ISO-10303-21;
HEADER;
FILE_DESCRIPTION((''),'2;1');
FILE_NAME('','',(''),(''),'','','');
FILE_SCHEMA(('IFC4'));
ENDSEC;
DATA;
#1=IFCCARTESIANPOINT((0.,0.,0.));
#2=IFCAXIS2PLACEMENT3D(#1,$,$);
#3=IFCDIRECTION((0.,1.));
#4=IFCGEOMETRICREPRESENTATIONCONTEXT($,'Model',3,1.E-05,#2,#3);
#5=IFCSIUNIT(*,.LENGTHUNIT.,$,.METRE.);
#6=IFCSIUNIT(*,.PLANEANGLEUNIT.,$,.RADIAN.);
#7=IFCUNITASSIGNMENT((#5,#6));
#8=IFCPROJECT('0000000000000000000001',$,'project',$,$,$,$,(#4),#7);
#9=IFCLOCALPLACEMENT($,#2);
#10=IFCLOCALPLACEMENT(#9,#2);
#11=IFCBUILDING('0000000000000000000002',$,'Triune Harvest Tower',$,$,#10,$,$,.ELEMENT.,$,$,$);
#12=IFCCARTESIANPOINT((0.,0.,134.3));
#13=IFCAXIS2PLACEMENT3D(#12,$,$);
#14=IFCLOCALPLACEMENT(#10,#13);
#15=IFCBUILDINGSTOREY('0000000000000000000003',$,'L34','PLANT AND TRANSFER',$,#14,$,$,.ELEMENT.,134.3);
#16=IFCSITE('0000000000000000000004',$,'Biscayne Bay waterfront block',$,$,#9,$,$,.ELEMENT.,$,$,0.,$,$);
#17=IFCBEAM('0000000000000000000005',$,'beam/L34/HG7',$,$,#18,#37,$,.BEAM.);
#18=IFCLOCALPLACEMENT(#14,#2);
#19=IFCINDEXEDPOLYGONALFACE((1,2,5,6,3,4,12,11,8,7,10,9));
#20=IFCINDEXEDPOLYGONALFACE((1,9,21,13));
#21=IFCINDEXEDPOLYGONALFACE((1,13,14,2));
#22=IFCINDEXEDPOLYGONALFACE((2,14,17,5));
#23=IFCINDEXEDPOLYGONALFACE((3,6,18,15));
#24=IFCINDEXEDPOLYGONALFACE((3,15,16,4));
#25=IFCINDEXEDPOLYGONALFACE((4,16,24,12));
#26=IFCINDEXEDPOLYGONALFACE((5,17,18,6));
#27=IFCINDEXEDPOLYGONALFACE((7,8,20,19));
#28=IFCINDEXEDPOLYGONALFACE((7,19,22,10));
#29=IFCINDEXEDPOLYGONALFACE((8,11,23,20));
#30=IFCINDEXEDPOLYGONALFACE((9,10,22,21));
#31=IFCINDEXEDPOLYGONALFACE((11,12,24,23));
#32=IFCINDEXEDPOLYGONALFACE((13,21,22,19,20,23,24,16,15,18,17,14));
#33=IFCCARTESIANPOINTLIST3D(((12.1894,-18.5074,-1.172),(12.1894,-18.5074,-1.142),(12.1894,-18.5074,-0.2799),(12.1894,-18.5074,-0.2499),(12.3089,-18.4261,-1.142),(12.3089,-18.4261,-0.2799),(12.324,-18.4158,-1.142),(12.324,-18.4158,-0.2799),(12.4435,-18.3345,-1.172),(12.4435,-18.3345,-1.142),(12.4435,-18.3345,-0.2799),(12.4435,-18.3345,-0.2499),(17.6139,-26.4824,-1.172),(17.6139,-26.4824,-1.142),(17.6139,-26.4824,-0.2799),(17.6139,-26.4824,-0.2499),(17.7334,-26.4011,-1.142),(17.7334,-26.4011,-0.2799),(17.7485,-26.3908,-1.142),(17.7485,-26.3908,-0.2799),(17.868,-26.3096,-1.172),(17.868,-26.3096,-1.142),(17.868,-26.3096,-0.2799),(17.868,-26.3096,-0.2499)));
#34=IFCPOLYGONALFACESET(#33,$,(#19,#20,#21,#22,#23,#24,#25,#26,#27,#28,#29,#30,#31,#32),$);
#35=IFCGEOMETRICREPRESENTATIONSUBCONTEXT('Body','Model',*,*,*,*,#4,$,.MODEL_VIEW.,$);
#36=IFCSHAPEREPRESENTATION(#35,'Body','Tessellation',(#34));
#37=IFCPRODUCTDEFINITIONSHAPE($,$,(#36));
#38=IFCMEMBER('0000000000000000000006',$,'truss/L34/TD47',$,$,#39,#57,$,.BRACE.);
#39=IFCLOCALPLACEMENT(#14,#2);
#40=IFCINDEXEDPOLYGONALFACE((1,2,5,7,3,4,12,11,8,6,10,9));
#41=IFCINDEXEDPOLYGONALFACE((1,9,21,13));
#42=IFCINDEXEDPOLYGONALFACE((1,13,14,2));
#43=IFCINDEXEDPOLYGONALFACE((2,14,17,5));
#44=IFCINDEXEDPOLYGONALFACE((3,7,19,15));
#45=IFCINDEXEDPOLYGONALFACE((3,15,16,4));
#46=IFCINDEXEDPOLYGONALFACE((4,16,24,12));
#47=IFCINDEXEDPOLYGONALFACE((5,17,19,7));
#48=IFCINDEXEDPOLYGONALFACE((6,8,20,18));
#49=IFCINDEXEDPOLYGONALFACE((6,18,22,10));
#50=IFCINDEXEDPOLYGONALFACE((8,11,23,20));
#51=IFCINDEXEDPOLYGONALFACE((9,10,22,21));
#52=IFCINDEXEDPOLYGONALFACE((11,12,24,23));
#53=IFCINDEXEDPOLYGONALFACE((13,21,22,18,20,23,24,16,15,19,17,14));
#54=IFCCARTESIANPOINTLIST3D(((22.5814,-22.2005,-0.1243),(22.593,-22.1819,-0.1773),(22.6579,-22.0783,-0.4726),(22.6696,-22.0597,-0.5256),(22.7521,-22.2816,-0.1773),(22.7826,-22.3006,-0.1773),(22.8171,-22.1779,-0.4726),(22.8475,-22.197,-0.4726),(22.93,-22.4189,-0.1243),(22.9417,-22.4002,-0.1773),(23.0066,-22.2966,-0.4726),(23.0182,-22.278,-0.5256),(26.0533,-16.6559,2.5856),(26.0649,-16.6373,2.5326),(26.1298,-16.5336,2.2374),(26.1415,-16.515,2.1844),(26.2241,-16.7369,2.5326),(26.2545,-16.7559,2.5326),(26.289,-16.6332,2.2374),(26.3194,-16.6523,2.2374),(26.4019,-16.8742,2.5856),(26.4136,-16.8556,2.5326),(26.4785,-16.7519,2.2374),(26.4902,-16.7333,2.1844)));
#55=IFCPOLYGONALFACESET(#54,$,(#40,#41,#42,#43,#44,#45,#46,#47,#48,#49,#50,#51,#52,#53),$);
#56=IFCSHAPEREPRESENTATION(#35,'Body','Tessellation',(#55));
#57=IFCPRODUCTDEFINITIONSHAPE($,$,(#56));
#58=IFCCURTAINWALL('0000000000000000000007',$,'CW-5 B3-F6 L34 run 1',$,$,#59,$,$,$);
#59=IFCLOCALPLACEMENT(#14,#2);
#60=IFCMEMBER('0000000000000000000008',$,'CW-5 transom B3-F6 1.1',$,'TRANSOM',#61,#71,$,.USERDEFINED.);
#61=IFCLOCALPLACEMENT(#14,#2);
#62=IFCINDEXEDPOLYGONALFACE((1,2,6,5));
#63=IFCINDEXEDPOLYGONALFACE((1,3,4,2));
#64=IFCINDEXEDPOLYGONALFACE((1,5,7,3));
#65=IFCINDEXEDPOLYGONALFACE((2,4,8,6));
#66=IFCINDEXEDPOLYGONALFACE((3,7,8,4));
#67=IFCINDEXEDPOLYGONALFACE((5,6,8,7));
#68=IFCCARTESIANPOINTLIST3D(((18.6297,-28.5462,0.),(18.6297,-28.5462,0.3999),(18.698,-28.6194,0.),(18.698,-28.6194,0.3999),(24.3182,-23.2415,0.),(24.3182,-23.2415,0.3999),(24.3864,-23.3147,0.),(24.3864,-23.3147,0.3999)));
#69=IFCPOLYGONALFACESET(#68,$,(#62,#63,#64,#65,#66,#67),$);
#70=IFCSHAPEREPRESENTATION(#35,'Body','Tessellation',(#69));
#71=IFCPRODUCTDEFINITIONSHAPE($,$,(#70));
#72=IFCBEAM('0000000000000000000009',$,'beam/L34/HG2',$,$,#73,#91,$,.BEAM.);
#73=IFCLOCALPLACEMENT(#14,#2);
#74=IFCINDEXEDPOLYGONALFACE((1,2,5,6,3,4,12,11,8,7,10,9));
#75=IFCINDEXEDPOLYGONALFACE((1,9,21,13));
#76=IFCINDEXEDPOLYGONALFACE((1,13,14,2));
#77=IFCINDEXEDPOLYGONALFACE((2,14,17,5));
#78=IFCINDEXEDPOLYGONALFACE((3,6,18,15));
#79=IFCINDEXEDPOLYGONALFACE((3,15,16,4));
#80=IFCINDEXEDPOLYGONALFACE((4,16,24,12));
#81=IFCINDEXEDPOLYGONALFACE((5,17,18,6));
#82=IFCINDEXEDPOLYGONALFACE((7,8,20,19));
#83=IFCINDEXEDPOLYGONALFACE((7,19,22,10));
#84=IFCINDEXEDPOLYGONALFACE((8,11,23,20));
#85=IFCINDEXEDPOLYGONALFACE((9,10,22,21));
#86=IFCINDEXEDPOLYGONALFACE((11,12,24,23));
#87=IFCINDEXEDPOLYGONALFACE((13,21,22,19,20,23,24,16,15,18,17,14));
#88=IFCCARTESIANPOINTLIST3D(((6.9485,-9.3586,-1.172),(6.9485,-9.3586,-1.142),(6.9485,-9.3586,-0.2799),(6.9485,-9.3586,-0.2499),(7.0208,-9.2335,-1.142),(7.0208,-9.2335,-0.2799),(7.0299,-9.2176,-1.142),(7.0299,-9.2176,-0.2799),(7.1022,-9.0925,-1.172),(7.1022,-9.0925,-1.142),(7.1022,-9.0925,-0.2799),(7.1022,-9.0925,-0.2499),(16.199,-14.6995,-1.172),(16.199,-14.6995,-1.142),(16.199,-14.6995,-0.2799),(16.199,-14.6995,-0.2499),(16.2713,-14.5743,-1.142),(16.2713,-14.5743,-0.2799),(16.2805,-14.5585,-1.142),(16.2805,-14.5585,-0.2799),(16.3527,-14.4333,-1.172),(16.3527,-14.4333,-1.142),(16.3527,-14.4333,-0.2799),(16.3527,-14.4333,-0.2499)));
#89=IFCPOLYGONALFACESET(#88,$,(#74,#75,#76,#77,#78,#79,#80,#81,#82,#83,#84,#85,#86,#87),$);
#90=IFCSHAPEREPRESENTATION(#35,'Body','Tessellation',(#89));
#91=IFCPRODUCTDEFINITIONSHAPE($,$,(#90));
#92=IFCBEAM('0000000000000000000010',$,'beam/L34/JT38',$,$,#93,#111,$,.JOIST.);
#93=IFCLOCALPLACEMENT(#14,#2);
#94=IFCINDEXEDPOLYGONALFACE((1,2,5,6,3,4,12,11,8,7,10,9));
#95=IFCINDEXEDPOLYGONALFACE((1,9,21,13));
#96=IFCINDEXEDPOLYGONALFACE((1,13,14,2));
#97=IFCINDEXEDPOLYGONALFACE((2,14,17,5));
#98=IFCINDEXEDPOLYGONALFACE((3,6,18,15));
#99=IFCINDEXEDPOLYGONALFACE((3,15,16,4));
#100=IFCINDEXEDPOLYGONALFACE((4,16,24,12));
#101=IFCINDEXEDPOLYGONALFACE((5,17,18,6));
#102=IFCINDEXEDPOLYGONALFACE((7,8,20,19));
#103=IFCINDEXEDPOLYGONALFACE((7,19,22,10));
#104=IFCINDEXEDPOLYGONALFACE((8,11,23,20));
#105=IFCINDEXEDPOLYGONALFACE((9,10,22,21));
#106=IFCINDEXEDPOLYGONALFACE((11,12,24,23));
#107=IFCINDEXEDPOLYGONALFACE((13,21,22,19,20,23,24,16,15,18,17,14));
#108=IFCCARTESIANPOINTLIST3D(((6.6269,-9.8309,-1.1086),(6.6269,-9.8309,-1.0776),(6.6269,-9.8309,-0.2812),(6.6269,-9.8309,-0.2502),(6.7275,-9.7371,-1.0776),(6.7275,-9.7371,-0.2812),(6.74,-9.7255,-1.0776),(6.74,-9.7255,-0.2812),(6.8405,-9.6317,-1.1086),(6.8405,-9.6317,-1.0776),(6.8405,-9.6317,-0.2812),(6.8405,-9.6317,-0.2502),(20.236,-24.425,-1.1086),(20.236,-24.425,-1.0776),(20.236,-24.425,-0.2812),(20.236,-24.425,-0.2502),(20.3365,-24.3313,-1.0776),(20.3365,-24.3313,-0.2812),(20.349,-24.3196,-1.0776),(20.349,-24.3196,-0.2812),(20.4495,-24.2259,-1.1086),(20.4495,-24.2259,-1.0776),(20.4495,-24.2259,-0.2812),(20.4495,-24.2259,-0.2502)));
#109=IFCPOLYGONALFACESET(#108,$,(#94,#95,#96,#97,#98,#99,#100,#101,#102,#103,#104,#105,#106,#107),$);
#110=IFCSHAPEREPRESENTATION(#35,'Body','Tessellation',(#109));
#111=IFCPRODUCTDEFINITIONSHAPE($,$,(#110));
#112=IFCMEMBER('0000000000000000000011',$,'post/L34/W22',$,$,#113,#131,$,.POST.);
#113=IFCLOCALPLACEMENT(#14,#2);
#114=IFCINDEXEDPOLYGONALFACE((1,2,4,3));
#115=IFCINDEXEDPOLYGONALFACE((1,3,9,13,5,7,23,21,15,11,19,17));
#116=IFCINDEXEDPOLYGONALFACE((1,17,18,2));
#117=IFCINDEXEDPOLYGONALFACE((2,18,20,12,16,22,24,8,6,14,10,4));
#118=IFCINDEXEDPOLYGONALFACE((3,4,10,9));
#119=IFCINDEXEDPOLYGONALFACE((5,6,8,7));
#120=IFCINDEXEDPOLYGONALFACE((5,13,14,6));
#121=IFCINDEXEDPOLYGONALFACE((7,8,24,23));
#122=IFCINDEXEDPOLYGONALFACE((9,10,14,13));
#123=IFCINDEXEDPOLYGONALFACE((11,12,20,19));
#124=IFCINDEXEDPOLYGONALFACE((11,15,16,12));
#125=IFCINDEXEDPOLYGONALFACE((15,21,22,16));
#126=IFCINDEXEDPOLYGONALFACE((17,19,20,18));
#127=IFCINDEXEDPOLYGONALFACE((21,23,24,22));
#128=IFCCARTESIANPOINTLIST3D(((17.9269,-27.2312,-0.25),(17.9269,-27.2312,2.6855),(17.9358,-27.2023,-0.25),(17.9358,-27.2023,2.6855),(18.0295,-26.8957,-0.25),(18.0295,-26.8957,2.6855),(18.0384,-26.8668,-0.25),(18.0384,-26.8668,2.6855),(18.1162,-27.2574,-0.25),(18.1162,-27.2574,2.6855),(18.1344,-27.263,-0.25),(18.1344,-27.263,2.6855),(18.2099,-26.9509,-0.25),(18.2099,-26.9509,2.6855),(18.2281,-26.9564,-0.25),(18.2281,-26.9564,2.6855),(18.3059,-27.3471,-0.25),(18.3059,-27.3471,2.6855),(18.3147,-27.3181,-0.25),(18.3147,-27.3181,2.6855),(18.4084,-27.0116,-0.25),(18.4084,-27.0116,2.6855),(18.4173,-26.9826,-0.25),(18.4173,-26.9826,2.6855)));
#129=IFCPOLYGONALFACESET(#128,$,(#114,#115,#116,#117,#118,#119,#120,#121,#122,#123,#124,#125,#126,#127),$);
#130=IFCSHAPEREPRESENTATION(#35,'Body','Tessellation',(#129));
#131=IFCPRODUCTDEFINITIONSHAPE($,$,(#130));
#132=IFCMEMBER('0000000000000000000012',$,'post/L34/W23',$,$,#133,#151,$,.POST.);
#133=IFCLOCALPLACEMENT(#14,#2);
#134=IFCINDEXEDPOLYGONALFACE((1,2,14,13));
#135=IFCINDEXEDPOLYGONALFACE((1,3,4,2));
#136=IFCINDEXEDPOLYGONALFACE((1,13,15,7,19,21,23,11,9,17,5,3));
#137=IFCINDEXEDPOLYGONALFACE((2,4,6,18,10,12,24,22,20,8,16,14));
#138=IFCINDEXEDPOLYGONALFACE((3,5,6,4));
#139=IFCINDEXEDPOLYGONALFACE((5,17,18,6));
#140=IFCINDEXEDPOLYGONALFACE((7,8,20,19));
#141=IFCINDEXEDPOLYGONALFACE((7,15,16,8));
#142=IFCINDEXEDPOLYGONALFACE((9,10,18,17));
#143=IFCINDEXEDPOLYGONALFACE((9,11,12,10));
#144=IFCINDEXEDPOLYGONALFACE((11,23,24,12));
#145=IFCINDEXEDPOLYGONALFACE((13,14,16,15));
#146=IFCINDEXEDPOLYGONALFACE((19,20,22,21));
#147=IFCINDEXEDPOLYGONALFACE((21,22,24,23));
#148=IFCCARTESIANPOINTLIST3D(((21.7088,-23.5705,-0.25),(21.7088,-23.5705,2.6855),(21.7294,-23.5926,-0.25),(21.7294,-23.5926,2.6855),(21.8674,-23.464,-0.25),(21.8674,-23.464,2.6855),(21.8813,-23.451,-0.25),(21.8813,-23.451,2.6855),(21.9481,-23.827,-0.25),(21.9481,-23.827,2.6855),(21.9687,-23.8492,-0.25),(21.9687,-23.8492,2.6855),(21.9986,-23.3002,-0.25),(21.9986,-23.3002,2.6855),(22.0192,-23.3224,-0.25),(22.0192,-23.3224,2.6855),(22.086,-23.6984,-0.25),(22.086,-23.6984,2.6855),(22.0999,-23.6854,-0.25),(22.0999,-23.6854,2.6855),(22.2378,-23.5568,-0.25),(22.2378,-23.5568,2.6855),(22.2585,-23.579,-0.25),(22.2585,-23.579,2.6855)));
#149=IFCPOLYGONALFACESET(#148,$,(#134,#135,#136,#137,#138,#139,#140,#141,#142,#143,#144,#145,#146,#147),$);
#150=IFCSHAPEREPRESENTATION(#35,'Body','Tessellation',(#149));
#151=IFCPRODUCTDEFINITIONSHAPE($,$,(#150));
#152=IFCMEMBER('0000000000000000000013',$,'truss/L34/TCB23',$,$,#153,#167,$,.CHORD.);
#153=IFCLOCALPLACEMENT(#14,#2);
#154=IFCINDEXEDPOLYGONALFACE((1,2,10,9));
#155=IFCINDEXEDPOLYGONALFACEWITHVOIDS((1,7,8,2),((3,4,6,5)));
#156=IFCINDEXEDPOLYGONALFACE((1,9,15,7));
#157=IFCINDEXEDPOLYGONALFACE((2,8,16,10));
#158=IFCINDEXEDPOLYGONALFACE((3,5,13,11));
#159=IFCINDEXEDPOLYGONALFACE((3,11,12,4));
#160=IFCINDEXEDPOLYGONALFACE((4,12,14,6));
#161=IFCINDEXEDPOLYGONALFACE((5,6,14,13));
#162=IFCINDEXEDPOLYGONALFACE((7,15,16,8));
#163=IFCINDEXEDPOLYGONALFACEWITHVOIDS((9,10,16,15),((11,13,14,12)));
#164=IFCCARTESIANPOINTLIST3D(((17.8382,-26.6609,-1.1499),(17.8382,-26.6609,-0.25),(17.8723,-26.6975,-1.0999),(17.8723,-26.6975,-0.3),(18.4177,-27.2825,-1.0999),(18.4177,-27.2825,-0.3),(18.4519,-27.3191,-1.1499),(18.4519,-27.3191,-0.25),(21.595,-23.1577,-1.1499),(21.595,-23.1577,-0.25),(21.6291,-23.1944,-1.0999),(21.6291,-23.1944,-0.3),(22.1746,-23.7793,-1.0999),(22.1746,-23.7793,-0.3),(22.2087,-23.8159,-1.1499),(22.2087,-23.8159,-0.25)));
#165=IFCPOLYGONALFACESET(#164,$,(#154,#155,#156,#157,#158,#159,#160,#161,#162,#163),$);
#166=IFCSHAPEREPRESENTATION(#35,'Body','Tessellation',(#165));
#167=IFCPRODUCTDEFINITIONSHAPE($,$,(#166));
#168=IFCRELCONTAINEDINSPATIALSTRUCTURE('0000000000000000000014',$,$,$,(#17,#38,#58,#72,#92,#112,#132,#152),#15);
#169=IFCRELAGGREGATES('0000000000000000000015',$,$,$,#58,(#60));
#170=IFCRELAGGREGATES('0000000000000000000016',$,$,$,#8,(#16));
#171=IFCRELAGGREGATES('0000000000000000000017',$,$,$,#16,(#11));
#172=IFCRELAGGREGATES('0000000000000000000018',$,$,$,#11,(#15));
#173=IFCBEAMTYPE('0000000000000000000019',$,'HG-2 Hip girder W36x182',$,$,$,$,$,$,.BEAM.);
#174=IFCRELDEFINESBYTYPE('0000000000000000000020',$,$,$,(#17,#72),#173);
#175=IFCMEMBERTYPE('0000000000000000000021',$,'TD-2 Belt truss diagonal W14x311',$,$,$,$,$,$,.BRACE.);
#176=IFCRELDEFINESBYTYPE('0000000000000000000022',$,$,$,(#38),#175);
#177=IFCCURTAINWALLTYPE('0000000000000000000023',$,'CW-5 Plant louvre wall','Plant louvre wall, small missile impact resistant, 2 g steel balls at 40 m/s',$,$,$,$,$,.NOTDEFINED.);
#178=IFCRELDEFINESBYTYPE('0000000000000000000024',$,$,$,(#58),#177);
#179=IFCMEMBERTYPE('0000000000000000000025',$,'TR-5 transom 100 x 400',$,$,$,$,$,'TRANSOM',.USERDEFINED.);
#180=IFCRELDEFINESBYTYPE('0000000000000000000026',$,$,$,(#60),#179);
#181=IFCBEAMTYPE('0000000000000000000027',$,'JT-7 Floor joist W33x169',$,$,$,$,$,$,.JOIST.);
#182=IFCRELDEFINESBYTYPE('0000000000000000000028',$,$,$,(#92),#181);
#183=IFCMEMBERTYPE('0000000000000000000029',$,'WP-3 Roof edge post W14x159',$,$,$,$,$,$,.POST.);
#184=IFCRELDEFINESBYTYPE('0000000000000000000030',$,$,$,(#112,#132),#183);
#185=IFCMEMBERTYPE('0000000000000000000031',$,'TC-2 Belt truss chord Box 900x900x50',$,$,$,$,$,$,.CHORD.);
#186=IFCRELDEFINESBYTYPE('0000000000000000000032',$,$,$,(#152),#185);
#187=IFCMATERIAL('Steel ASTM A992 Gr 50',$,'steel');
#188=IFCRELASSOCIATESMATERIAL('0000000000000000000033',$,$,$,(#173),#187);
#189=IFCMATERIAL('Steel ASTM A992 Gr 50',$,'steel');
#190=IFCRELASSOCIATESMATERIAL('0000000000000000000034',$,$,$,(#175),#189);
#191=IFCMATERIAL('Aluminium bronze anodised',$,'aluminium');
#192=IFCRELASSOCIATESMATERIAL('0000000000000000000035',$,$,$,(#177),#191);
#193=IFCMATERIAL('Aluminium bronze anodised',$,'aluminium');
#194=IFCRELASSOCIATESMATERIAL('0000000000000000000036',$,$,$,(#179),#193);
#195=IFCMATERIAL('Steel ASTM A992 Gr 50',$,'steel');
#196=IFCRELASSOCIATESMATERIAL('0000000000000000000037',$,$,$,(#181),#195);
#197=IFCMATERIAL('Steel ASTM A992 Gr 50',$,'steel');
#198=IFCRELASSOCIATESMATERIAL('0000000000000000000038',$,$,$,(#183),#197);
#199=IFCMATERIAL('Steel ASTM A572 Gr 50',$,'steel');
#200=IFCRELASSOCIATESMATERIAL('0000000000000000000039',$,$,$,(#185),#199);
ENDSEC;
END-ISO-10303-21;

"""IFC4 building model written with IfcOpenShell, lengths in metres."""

from ifc_helpers import new_model, si_unit, direction, frame, origin, origin_2d, place, context, subcontext, project, spatial, rectangle, hollow_rectangle, i_section, extrude, source, transform, mapped, material, material_profile, profile_set, type_object, element, aggregate, save


model = new_model("IFC4")

# Units and contexts
model_context = context("Model", 3, precision=1e-05, world=origin(), true_north=direction((0.0, 1.0)))
body_context = subcontext(model_context, "Body", "Model", "MODEL_VIEW")
ifc_project = project(units=[si_unit("LENGTHUNIT", "METRE"), si_unit("PLANEANGLEUNIT", "RADIAN")], contexts=[model_context])

# Site, building, storey
site_placement = place(None, origin())
site = spatial("IfcSite", under=ifc_project, at=site_placement, Name="Biscayne Bay waterfront block", CompositionType="ELEMENT", RefElevation=0.0)
building_placement = place(site_placement, origin())
building = spatial("IfcBuilding", under=site, at=building_placement, Name="Triune Harvest Tower", CompositionType="ELEMENT")
storey_placement = place(building_placement, frame((0.0, 0.0, 134.3)))
storey = spatial("IfcBuildingStorey", under=building, at=storey_placement, Name="L34", Description="PLANT AND TRANSFER", CompositionType="ELEMENT", Elevation=134.3)

# Beam
ifc_material_1 = material(Name="Steel ASTM A992 Gr 50", Category="steel")
ifc_material_profile_1 = material_profile(ifc_material_1, i_section(OverallWidth=0.3074, OverallDepth=0.9221, WebThickness=0.0183, FlangeThickness=0.03, at=origin_2d()), Name="W36x182")
ifc_profile_set_1 = profile_set([ifc_material_profile_1], Name="Steel ASTM A992 Gr 50")
beam_type_1 = type_object("IfcBeamType", Name="HG-2 Hip girder W36x182", PredefinedType="BEAM", material=ifc_profile_set_1)
beam_1_placement = place(storey_placement, frame((17.741, -26.396, -0.7109), z_axis=(-0.562416, 0.826854, 0.0), x_axis=(-0.826854, -0.562416, 0.0)))
element("IfcBeam", 1, at=beam_1_placement, inside=storey, type_object=beam_type_1, Name="beam/L34/HG7", PredefinedType="BEAM", context=body_context, shape_type="SweptSolid", body=[
    extrude(i_section(OverallWidth=0.3074, OverallDepth=0.9221, WebThickness=0.0183, FlangeThickness=0.03, at=origin_2d()), origin(), (0.0, 0.0, 1.0), 9.645),
])

# Member
ifc_material_2 = material(Name="Steel ASTM A992 Gr 50", Category="steel")
ifc_material_profile_2 = material_profile(ifc_material_2, i_section(OverallWidth=0.4114, OverallDepth=0.4343, WebThickness=0.0359, FlangeThickness=0.0574, at=origin_2d()), Name="W14x311")
ifc_profile_set_2 = profile_set([ifc_material_profile_2], Name="Steel ASTM A992 Gr 50")
member_type_1 = type_object("IfcMemberType", Name="TD-2 Belt truss diagonal W14x311", PredefinedType="BRACE", material=ifc_profile_set_2)
member_1_placement = place(storey_placement, frame((22.7998, -22.2393, -0.325), z_axis=(0.49031, 0.783028, 0.382705), x_axis=(-0.847551, 0.530713, 0.0)))
element("IfcMember", 2, at=member_1_placement, inside=storey, type_object=member_type_1, Name="truss/L34/TD47", PredefinedType="BRACE", context=body_context, shape_type="SweptSolid", body=[
    extrude(i_section(OverallWidth=0.4114, OverallDepth=0.4343, WebThickness=0.0359, FlangeThickness=0.0574, at=origin_2d()), origin(), (0.0, 0.0, 1.0), 7.0811),
])

# Curtain wall, member
ifc_material_3 = material(Name="Aluminium bronze anodised", Category="aluminium")
curtain_wall_type = type_object("IfcCurtainWallType", Name="CW-5 Plant louvre wall", Description="Plant louvre wall, small missile impact resistant, 2 g steel balls at 40 m/s", PredefinedType="NOTDEFINED", material=ifc_material_3)
curtain_wall_1_placement = place(storey_placement, origin())
curtain_wall_1 = element("IfcCurtainWall", 3, at=curtain_wall_1_placement, inside=storey, type_object=curtain_wall_type, Name="CW-5 B3-F6 L34 run 1")
ifc_material_4 = material(Name="Aluminium bronze anodised", Category="aluminium")
ifc_material_profile_3 = material_profile(ifc_material_4, rectangle(XDim=0.1001, YDim=0.3999, at=origin_2d()), Name="TR-5 transom 100 x 400")
ifc_profile_set_3 = profile_set([ifc_material_profile_3], Name="Aluminium bronze anodised")
member_type_2 = type_object("IfcMemberType", Name="TR-5 transom 100 x 400", ElementType="TRANSOM", PredefinedType="USERDEFINED", material=ifc_profile_set_3)
member_2_placement = place(storey_placement, frame((18.6638, -28.5828, 0.2), z_axis=(0.731347, 0.682005, 0.0), x_axis=(-0.682005, 0.731347, 0.0)))
member_2 = element("IfcMember", 4, at=member_2_placement, type_object=member_type_2, Name="CW-5 transom B3-F6 1.1", ObjectType="TRANSOM", PredefinedType="USERDEFINED", context=body_context, shape_type="SweptSolid", body=[
    extrude(rectangle(XDim=0.1001, YDim=0.3999, at=origin_2d()), origin(), (0.0, 0.0, 1.0), 7.7781),
])

# Beams
shared_shape_1 = source(origin(), body_context, "Body", "SweptSolid", [
    extrude(i_section(OverallWidth=0.3074, OverallDepth=0.9221, WebThickness=0.0183, FlangeThickness=0.03, at=origin_2d()), origin(), (0.0, 0.0, 1.0), 10.6816),
])
beam_2_placement = place(storey_placement, frame((16.2759, -14.5664, -0.7109), z_axis=(-0.866023, 0.500003, 0.0), x_axis=(-0.500003, -0.866023, 0.0)))
element("IfcBeam", 5, at=beam_2_placement, inside=storey, type_object=beam_type_1, Name="beam/L34/HG2", PredefinedType="BEAM", context=body_context, shape_type="MappedRepresentation", body=[
    mapped(shared_shape_1, transform((0.0, 0.0, 0.0), scale=1.0)),
])
ifc_material_5 = material(Name="Steel ASTM A992 Gr 50", Category="steel")
ifc_material_profile_4 = material_profile(ifc_material_5, i_section(OverallWidth=0.292, OverallDepth=0.8584, WebThickness=0.0171, FlangeThickness=0.031, at=origin_2d()), Name="W33x169")
ifc_profile_set_4 = profile_set([ifc_material_profile_4], Name="Steel ASTM A992 Gr 50")
beam_type_2 = type_object("IfcBeamType", Name="JT-7 Floor joist W33x169", PredefinedType="JOIST", material=ifc_profile_set_4)
shared_shape_2 = source(origin(), body_context, "Body", "SweptSolid", [
    extrude(i_section(OverallWidth=0.292, OverallDepth=0.8584, WebThickness=0.0171, FlangeThickness=0.031, at=origin_2d()), origin(), (0.0, 0.0, 1.0), 19.9548),
])
beam_3_placement = place(storey_placement, frame((20.3428, -24.3254, -0.6794), z_axis=(-0.681993, 0.731359, 0.0), x_axis=(-0.731359, -0.681993, 0.0)))
element("IfcBeam", 6, at=beam_3_placement, inside=storey, type_object=beam_type_2, Name="beam/L34/JT38", PredefinedType="JOIST", context=body_context, shape_type="MappedRepresentation", body=[
    mapped(shared_shape_2, transform((0.0, 0.0, 0.0), scale=1.0)),
])

# Members
ifc_material_6 = material(Name="Steel ASTM A992 Gr 50", Category="steel")
ifc_material_profile_5 = material_profile(ifc_material_6, i_section(OverallWidth=0.3962, OverallDepth=0.3811, WebThickness=0.019, FlangeThickness=0.0303, at=origin_2d()), Name="W14x159")
ifc_profile_set_5 = profile_set([ifc_material_profile_5], Name="Steel ASTM A992 Gr 50")
member_type_3 = type_object("IfcMemberType", Name="WP-3 Roof edge post W14x159", PredefinedType="POST", material=ifc_profile_set_5)
shared_shape_3 = source(origin(), body_context, "Body", "SweptSolid", [
    extrude(i_section(OverallWidth=0.3962, OverallDepth=0.3811, WebThickness=0.019, FlangeThickness=0.0303, at=origin_2d()), origin(), (0.0, 0.0, 1.0), 2.9355),
])
for number, where, z_axis, x_axis, name in (
    (7, (18.1721, -27.1069, -0.25), (0.0, 0.0, 1.0), (0.956305, -0.292372, 0.0), "post/L34/W22"),
    (8, (21.9836, -23.5747, -0.25), (0.0, 0.0, 1.0), (0.731354, 0.681998, 0.0), "post/L34/W23"),
):
    element("IfcMember", number, at=place(storey_placement, frame(where, z_axis=z_axis, x_axis=x_axis)), inside=storey, type_object=member_type_3, Name=name, PredefinedType="POST", context=body_context, shape_type="MappedRepresentation", body=[
        mapped(shared_shape_3, transform((0.0, 0.0, 0.0), scale=1.0)),
    ])
ifc_material_7 = material(Name="Steel ASTM A572 Gr 50", Category="steel")
ifc_material_profile_6 = material_profile(ifc_material_7, hollow_rectangle(XDim=0.8999, YDim=0.8999, WallThickness=0.05, at=origin_2d()), Name="Box 900x900x50")
ifc_profile_set_6 = profile_set([ifc_material_profile_6], Name="Steel ASTM A572 Gr 50")
member_type_4 = type_object("IfcMemberType", Name="TC-2 Belt truss chord Box 900x900x50", PredefinedType="CHORD", material=ifc_profile_set_6)
shared_shape_4 = source(origin(), body_context, "Body", "SweptSolid", [
    extrude(hollow_rectangle(XDim=0.8999, YDim=0.8999, WallThickness=0.05, at=origin_2d()), origin(), (0.0, 0.0, 1.0), 5.1367),
])
for number, where, z_axis, x_axis, name in (
    (9, (18.145, -26.99, -0.7), (0.731367, 0.681985, 0.0), (-0.681985, 0.731367, 0.0), "truss/L34/TCB23"),
):
    element("IfcMember", number, at=place(storey_placement, frame(where, z_axis=z_axis, x_axis=x_axis)), inside=storey, type_object=member_type_4, Name=name, PredefinedType="CHORD", context=body_context, shape_type="MappedRepresentation", body=[
        mapped(shared_shape_4, transform((0.0, 0.0, 0.0), scale=1.0)),
    ])

aggregate(curtain_wall_1, [member_2])

save(model, "model.ifc")
